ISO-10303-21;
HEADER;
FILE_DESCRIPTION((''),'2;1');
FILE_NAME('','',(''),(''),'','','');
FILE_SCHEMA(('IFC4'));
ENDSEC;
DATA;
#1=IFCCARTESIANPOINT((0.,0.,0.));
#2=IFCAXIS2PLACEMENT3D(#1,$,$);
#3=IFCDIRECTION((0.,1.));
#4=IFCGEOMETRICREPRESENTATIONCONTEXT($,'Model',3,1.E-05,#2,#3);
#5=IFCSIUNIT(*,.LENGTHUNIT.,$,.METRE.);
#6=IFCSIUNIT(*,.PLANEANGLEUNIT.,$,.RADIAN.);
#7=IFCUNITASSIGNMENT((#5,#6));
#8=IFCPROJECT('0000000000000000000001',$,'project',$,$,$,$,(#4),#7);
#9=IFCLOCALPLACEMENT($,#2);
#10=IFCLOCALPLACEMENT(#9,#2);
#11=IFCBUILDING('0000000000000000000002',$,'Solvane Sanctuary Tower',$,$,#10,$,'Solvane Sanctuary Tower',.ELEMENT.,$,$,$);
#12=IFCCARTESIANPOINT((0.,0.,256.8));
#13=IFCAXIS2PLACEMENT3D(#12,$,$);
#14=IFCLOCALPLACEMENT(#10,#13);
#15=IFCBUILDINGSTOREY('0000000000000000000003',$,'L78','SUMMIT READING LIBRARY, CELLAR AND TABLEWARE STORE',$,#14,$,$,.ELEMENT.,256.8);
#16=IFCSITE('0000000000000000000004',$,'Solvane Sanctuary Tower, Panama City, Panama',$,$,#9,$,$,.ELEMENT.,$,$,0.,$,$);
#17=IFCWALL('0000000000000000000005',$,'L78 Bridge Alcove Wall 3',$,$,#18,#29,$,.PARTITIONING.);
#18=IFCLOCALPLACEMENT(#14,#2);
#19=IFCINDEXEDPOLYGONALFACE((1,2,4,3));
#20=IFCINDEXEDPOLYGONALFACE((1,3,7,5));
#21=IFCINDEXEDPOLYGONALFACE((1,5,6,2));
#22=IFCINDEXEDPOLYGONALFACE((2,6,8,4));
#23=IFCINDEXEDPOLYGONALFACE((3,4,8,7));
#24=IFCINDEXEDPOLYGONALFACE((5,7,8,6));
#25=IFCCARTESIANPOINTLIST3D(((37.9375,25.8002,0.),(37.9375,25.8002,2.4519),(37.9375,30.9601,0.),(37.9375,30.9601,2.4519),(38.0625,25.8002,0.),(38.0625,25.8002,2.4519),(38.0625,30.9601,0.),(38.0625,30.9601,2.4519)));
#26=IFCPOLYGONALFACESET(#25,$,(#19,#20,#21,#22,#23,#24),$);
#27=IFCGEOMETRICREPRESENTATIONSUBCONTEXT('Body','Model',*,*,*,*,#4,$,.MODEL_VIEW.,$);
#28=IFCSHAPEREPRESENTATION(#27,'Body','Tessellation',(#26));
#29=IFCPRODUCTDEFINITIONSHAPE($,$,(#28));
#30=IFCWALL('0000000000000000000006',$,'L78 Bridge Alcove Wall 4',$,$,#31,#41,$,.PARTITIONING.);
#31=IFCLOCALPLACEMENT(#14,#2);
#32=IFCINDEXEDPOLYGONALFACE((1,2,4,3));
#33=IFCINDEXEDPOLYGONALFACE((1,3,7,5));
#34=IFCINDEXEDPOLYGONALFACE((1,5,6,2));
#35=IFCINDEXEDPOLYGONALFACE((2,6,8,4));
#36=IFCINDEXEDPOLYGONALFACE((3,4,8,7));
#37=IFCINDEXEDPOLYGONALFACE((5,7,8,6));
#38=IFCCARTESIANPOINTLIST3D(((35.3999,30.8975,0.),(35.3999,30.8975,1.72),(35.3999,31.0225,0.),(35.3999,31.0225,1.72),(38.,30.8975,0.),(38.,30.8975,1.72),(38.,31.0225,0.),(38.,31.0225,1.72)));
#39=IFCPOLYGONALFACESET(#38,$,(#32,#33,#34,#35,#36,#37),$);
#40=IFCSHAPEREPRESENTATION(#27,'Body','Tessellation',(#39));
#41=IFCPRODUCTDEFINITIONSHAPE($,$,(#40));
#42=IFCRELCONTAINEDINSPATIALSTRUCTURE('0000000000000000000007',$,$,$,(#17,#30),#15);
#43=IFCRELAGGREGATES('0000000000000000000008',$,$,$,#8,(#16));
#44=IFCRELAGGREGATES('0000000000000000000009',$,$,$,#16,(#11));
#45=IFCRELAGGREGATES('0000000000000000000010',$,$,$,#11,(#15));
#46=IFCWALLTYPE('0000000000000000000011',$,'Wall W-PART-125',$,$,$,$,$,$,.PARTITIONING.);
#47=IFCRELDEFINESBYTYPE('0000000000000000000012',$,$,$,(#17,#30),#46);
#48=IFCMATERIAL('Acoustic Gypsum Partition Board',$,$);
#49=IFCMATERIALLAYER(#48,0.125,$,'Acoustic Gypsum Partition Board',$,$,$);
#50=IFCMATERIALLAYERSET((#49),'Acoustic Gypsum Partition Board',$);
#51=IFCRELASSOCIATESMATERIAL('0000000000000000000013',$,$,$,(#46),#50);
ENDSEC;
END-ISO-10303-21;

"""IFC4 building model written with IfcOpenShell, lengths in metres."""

from ifc_helpers import new_model, si_unit, direction, frame, frame_2d, origin, place, context, subcontext, project, spatial, rectangle, extrude, material, layer, layer_set, type_object, element, save


model = new_model("IFC4")

# Units and contexts
model_context = context("Model", 3, precision=1e-05, world=origin(), true_north=direction((0.0, 1.0)))
body_context = subcontext(model_context, "Body", "Model", "MODEL_VIEW")
ifc_project = project(units=[si_unit("LENGTHUNIT", "METRE"), si_unit("PLANEANGLEUNIT", "RADIAN")], contexts=[model_context])

# Site, building, storey
site_placement = place(None, origin())
site = spatial("IfcSite", under=ifc_project, at=site_placement, Name="Solvane Sanctuary Tower, Panama City, Panama", CompositionType="ELEMENT", RefElevation=0.0)
building_placement = place(site_placement, origin())
building = spatial("IfcBuilding", under=site, at=building_placement, Name="Solvane Sanctuary Tower", LongName="Solvane Sanctuary Tower", CompositionType="ELEMENT")
storey_placement = place(building_placement, frame((0.0, 0.0, 256.8)))
storey = spatial("IfcBuildingStorey", under=building, at=storey_placement, Name="L78", Description="SUMMIT READING LIBRARY, CELLAR AND TABLEWARE STORE", CompositionType="ELEMENT", Elevation=256.8)

# Shared definitions
ifc_material_1 = material(Name="Acoustic Gypsum Partition Board")

# Walls
ifc_layer_1 = layer(ifc_material_1, 0.125, Name="Acoustic Gypsum Partition Board")
ifc_layer_set_1 = layer_set([ifc_layer_1], Name="Acoustic Gypsum Partition Board")
wall_type_1 = type_object("IfcWallType", Name="Wall W-PART-125", PredefinedType="PARTITIONING", material=ifc_layer_set_1)
wall_1_placement = place(storey_placement, frame((38.0, 25.8, 0.0), z_axis=(0.0, 0.0, 1.0), x_axis=(0.0, 1.0, 0.0)))
element("IfcWall", 1, at=wall_1_placement, inside=storey, type_object=wall_type_1, Name="L78 Bridge Alcove Wall 3", PredefinedType="PARTITIONING", context=body_context, shape_type="SweptSolid", body=[
    extrude(rectangle(XDim=5.1599, YDim=0.125, at=frame_2d((2.5801, 0.0))), origin(), (0.0, 0.0, 1.0), 2.4519),
])
wall_2_placement = place(storey_placement, frame((35.3999, 30.96, 0.0), z_axis=(0.0, 0.0, 1.0), x_axis=(1.0, 0.0, 0.0)))
element("IfcWall", 2, at=wall_2_placement, inside=storey, type_object=wall_type_1, Name="L78 Bridge Alcove Wall 4", PredefinedType="PARTITIONING", context=body_context, shape_type="SweptSolid", body=[
    extrude(rectangle(XDim=2.6001, YDim=0.125, at=frame_2d((1.3, 0.0))), origin(), (0.0, 0.0, 1.0), 1.72),
])

save(model, "model.ifc")
